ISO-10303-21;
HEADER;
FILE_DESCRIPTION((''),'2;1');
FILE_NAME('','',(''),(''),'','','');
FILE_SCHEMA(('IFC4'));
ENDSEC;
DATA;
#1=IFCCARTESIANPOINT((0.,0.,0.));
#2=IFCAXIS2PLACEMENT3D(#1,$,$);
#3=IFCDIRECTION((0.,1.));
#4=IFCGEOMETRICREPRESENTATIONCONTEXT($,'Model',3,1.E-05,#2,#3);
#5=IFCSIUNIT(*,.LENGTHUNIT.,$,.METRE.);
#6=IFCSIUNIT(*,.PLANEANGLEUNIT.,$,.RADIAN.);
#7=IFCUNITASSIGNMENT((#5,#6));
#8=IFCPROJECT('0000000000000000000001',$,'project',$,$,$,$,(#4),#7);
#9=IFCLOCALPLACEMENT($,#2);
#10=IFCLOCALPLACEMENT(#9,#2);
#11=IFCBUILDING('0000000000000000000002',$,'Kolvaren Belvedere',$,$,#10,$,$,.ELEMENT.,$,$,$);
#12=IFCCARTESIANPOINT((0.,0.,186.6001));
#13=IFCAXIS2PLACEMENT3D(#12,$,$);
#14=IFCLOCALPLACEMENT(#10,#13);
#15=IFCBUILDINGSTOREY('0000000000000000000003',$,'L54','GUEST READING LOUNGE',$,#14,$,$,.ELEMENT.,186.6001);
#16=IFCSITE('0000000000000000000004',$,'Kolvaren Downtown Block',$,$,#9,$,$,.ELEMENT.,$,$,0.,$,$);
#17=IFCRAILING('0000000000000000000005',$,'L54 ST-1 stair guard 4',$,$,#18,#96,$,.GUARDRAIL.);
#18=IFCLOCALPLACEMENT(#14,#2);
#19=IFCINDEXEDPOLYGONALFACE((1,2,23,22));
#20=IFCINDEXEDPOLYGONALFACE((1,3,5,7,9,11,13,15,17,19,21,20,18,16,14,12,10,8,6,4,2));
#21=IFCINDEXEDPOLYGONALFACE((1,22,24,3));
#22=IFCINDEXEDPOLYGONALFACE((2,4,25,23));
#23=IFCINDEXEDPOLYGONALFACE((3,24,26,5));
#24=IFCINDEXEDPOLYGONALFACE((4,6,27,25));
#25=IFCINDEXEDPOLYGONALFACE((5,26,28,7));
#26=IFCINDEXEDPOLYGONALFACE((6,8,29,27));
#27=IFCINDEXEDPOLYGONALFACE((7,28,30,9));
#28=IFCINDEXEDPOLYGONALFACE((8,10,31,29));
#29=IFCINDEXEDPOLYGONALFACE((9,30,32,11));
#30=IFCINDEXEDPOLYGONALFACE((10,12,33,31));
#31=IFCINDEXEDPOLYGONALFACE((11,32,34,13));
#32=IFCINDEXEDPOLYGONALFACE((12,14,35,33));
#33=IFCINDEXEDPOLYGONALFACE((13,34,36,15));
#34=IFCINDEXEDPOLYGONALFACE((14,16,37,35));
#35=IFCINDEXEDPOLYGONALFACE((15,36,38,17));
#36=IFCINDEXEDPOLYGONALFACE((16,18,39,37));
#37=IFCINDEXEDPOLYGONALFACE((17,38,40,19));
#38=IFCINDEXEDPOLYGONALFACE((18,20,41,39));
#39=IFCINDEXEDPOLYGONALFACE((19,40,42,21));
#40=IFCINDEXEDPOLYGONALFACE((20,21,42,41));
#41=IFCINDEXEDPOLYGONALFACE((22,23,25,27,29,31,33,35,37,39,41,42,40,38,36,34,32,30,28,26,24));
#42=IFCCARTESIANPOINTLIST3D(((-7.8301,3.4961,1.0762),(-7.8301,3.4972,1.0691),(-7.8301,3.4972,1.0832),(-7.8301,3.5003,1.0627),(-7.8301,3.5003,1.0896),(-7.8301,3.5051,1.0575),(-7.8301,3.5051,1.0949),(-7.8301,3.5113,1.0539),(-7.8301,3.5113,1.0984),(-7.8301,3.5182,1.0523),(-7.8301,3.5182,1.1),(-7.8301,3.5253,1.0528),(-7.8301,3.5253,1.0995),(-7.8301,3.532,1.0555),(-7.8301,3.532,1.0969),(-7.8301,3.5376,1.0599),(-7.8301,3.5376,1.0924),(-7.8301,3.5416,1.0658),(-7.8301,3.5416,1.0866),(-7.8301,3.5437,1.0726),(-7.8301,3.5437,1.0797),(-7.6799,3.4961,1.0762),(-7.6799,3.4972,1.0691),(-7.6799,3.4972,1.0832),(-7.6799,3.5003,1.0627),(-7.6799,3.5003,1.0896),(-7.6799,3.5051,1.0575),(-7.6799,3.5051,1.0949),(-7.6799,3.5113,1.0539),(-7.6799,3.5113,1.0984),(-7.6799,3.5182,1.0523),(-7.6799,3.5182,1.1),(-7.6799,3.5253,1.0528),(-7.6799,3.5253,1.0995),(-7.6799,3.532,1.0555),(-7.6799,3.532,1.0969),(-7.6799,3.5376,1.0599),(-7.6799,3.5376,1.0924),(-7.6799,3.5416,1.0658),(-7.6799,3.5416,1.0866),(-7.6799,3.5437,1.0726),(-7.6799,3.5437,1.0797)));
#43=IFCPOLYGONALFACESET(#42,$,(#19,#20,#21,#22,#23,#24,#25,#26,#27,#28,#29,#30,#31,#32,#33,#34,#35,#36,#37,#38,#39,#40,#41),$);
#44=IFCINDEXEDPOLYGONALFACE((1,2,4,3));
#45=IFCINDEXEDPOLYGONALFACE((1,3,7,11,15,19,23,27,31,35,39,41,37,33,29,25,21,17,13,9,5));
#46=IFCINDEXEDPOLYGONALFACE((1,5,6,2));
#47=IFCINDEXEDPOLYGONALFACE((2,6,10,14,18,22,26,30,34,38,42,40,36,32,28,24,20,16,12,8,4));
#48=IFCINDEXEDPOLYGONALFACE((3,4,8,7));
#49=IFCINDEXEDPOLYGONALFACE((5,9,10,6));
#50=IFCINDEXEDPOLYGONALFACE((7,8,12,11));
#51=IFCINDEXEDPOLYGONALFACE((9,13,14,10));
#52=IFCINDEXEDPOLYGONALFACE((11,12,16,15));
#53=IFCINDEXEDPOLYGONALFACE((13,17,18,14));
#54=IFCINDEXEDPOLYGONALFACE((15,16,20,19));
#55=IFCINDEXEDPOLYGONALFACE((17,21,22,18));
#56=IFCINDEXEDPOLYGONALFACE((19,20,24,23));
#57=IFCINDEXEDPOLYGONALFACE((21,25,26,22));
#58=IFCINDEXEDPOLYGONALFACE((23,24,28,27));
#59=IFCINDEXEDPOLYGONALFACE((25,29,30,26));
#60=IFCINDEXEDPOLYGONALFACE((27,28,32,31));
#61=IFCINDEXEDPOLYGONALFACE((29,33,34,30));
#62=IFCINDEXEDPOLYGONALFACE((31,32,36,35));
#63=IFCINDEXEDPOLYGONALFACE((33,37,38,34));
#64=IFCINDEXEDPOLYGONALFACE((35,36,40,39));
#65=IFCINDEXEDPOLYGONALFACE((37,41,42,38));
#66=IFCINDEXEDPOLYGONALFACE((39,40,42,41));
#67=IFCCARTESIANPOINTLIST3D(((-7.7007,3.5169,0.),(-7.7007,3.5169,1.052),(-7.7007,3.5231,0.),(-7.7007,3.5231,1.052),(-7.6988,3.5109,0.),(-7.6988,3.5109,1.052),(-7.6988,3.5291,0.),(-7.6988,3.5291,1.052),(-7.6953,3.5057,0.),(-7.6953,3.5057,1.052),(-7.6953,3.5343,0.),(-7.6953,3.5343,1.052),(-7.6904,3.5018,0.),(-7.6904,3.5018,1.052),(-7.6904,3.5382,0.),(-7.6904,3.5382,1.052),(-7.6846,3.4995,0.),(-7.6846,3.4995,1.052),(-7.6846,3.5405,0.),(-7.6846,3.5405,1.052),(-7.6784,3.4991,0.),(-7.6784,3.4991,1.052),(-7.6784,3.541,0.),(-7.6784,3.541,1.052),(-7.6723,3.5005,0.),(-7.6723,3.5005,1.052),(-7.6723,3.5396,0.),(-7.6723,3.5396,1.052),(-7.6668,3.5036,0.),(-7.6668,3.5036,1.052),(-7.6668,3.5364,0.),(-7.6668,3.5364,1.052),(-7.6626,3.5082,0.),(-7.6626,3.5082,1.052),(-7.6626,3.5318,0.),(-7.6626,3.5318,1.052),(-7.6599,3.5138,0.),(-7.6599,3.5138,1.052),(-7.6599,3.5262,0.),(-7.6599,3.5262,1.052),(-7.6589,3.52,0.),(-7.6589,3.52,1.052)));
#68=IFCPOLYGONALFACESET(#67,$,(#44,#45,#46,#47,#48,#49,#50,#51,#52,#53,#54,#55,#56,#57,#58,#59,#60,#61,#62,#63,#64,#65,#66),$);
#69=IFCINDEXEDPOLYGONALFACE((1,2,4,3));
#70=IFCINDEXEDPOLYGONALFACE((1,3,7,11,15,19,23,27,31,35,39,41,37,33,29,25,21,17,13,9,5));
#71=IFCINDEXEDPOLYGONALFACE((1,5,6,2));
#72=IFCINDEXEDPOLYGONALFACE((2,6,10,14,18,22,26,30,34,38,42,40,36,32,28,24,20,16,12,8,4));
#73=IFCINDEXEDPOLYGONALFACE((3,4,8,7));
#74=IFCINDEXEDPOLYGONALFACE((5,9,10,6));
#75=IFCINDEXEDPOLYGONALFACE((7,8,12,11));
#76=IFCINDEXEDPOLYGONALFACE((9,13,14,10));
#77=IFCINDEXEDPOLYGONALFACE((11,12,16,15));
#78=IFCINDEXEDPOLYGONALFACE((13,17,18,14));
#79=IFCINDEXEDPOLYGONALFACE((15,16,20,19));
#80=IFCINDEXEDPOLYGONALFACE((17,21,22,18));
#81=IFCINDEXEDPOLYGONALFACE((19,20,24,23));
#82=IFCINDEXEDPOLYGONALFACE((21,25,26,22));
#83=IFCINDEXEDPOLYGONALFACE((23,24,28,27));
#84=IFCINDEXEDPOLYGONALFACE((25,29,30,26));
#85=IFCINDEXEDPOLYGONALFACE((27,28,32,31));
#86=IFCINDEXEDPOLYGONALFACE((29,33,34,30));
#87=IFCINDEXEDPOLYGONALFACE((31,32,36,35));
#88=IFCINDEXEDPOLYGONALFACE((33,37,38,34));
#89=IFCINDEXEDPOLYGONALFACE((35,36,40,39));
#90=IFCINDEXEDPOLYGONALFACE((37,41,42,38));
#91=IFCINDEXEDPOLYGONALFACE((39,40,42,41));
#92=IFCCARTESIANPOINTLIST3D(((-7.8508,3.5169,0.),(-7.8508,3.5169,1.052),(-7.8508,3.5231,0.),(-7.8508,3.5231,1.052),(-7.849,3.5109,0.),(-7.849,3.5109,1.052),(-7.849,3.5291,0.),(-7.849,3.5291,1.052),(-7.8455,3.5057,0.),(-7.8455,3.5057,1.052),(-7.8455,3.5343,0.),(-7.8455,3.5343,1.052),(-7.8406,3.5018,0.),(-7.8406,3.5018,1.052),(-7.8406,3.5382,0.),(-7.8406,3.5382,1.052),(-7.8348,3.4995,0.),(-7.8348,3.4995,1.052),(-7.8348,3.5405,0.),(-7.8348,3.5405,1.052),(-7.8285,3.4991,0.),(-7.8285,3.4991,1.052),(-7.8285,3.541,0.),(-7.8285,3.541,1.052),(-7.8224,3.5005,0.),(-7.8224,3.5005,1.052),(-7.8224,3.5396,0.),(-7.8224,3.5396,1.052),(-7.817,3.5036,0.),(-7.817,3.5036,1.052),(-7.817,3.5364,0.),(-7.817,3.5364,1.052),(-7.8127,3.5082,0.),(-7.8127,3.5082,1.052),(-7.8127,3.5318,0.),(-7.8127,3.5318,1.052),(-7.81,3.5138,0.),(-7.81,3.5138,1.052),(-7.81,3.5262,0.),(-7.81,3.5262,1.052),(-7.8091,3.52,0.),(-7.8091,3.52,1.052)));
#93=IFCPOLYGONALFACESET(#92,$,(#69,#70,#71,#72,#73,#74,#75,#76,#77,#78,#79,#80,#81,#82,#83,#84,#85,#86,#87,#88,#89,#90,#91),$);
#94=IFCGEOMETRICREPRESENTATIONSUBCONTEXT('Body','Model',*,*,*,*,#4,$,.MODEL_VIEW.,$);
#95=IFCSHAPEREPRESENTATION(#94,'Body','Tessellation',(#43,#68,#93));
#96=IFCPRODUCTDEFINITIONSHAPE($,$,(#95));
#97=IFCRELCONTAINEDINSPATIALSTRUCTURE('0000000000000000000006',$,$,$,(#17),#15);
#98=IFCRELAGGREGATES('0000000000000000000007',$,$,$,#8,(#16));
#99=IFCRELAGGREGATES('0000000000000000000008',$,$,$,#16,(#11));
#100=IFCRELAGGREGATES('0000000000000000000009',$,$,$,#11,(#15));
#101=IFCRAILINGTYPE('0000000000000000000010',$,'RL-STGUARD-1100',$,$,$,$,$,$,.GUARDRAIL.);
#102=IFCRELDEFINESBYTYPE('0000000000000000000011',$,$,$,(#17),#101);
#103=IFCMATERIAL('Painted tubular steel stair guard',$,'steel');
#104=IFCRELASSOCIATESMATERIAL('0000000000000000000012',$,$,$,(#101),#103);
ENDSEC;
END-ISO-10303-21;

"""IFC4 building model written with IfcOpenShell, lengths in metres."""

from ifc_helpers import new_model, si_unit, direction, frame, origin, origin_2d, place, context, subcontext, project, spatial, circle, extrude, material, type_object, element, save


model = new_model("IFC4")

# Units and contexts
model_context = context("Model", 3, precision=1e-05, world=origin(), true_north=direction((0.0, 1.0)))
body_context = subcontext(model_context, "Body", "Model", "MODEL_VIEW")
ifc_project = project(units=[si_unit("LENGTHUNIT", "METRE"), si_unit("PLANEANGLEUNIT", "RADIAN")], contexts=[model_context])

# Site, building, storey
site_placement = place(None, origin())
site = spatial("IfcSite", under=ifc_project, at=site_placement, Name="Kolvaren Downtown Block", CompositionType="ELEMENT", RefElevation=0.0)
building_placement = place(site_placement, origin())
building = spatial("IfcBuilding", under=site, at=building_placement, Name="Kolvaren Belvedere", CompositionType="ELEMENT")
storey_placement = place(building_placement, frame((0.0, 0.0, 186.6001)))
storey = spatial("IfcBuildingStorey", under=building, at=storey_placement, Name="L54", Description="GUEST READING LOUNGE", CompositionType="ELEMENT", Elevation=186.6001)

# Railing
ifc_material_1 = material(Name="Painted tubular steel stair guard", Category="steel")
railing_type_1 = type_object("IfcRailingType", Name="RL-STGUARD-1100", PredefinedType="GUARDRAIL", material=ifc_material_1)
railing_1_placement = place(storey_placement, frame((-7.6799, 3.52, 0.0)))
element("IfcRailing", 1, at=railing_1_placement, inside=storey, type_object=railing_type_1, Name="L54 ST-1 stair guard 4", PredefinedType="GUARDRAIL", context=body_context, shape_type="SweptSolid", body=[
    extrude(circle(Radius=0.0239, at=origin_2d()), frame((0.0, 0.0, 1.0762), z_axis=(-1.0, 0.0, 0.0), x_axis=(0.0, -1.0, 0.0)), (0.0, 0.0, 1.0), 0.1501),
    extrude(circle(Radius=0.021, at=origin_2d()), origin(), (0.0, 0.0, 1.0), 1.052),
    extrude(circle(Radius=0.021, at=origin_2d()), frame((-0.1501, 0.0, 0.0)), (0.0, 0.0, 1.0), 1.052),
])

save(model, "model.ifc")
